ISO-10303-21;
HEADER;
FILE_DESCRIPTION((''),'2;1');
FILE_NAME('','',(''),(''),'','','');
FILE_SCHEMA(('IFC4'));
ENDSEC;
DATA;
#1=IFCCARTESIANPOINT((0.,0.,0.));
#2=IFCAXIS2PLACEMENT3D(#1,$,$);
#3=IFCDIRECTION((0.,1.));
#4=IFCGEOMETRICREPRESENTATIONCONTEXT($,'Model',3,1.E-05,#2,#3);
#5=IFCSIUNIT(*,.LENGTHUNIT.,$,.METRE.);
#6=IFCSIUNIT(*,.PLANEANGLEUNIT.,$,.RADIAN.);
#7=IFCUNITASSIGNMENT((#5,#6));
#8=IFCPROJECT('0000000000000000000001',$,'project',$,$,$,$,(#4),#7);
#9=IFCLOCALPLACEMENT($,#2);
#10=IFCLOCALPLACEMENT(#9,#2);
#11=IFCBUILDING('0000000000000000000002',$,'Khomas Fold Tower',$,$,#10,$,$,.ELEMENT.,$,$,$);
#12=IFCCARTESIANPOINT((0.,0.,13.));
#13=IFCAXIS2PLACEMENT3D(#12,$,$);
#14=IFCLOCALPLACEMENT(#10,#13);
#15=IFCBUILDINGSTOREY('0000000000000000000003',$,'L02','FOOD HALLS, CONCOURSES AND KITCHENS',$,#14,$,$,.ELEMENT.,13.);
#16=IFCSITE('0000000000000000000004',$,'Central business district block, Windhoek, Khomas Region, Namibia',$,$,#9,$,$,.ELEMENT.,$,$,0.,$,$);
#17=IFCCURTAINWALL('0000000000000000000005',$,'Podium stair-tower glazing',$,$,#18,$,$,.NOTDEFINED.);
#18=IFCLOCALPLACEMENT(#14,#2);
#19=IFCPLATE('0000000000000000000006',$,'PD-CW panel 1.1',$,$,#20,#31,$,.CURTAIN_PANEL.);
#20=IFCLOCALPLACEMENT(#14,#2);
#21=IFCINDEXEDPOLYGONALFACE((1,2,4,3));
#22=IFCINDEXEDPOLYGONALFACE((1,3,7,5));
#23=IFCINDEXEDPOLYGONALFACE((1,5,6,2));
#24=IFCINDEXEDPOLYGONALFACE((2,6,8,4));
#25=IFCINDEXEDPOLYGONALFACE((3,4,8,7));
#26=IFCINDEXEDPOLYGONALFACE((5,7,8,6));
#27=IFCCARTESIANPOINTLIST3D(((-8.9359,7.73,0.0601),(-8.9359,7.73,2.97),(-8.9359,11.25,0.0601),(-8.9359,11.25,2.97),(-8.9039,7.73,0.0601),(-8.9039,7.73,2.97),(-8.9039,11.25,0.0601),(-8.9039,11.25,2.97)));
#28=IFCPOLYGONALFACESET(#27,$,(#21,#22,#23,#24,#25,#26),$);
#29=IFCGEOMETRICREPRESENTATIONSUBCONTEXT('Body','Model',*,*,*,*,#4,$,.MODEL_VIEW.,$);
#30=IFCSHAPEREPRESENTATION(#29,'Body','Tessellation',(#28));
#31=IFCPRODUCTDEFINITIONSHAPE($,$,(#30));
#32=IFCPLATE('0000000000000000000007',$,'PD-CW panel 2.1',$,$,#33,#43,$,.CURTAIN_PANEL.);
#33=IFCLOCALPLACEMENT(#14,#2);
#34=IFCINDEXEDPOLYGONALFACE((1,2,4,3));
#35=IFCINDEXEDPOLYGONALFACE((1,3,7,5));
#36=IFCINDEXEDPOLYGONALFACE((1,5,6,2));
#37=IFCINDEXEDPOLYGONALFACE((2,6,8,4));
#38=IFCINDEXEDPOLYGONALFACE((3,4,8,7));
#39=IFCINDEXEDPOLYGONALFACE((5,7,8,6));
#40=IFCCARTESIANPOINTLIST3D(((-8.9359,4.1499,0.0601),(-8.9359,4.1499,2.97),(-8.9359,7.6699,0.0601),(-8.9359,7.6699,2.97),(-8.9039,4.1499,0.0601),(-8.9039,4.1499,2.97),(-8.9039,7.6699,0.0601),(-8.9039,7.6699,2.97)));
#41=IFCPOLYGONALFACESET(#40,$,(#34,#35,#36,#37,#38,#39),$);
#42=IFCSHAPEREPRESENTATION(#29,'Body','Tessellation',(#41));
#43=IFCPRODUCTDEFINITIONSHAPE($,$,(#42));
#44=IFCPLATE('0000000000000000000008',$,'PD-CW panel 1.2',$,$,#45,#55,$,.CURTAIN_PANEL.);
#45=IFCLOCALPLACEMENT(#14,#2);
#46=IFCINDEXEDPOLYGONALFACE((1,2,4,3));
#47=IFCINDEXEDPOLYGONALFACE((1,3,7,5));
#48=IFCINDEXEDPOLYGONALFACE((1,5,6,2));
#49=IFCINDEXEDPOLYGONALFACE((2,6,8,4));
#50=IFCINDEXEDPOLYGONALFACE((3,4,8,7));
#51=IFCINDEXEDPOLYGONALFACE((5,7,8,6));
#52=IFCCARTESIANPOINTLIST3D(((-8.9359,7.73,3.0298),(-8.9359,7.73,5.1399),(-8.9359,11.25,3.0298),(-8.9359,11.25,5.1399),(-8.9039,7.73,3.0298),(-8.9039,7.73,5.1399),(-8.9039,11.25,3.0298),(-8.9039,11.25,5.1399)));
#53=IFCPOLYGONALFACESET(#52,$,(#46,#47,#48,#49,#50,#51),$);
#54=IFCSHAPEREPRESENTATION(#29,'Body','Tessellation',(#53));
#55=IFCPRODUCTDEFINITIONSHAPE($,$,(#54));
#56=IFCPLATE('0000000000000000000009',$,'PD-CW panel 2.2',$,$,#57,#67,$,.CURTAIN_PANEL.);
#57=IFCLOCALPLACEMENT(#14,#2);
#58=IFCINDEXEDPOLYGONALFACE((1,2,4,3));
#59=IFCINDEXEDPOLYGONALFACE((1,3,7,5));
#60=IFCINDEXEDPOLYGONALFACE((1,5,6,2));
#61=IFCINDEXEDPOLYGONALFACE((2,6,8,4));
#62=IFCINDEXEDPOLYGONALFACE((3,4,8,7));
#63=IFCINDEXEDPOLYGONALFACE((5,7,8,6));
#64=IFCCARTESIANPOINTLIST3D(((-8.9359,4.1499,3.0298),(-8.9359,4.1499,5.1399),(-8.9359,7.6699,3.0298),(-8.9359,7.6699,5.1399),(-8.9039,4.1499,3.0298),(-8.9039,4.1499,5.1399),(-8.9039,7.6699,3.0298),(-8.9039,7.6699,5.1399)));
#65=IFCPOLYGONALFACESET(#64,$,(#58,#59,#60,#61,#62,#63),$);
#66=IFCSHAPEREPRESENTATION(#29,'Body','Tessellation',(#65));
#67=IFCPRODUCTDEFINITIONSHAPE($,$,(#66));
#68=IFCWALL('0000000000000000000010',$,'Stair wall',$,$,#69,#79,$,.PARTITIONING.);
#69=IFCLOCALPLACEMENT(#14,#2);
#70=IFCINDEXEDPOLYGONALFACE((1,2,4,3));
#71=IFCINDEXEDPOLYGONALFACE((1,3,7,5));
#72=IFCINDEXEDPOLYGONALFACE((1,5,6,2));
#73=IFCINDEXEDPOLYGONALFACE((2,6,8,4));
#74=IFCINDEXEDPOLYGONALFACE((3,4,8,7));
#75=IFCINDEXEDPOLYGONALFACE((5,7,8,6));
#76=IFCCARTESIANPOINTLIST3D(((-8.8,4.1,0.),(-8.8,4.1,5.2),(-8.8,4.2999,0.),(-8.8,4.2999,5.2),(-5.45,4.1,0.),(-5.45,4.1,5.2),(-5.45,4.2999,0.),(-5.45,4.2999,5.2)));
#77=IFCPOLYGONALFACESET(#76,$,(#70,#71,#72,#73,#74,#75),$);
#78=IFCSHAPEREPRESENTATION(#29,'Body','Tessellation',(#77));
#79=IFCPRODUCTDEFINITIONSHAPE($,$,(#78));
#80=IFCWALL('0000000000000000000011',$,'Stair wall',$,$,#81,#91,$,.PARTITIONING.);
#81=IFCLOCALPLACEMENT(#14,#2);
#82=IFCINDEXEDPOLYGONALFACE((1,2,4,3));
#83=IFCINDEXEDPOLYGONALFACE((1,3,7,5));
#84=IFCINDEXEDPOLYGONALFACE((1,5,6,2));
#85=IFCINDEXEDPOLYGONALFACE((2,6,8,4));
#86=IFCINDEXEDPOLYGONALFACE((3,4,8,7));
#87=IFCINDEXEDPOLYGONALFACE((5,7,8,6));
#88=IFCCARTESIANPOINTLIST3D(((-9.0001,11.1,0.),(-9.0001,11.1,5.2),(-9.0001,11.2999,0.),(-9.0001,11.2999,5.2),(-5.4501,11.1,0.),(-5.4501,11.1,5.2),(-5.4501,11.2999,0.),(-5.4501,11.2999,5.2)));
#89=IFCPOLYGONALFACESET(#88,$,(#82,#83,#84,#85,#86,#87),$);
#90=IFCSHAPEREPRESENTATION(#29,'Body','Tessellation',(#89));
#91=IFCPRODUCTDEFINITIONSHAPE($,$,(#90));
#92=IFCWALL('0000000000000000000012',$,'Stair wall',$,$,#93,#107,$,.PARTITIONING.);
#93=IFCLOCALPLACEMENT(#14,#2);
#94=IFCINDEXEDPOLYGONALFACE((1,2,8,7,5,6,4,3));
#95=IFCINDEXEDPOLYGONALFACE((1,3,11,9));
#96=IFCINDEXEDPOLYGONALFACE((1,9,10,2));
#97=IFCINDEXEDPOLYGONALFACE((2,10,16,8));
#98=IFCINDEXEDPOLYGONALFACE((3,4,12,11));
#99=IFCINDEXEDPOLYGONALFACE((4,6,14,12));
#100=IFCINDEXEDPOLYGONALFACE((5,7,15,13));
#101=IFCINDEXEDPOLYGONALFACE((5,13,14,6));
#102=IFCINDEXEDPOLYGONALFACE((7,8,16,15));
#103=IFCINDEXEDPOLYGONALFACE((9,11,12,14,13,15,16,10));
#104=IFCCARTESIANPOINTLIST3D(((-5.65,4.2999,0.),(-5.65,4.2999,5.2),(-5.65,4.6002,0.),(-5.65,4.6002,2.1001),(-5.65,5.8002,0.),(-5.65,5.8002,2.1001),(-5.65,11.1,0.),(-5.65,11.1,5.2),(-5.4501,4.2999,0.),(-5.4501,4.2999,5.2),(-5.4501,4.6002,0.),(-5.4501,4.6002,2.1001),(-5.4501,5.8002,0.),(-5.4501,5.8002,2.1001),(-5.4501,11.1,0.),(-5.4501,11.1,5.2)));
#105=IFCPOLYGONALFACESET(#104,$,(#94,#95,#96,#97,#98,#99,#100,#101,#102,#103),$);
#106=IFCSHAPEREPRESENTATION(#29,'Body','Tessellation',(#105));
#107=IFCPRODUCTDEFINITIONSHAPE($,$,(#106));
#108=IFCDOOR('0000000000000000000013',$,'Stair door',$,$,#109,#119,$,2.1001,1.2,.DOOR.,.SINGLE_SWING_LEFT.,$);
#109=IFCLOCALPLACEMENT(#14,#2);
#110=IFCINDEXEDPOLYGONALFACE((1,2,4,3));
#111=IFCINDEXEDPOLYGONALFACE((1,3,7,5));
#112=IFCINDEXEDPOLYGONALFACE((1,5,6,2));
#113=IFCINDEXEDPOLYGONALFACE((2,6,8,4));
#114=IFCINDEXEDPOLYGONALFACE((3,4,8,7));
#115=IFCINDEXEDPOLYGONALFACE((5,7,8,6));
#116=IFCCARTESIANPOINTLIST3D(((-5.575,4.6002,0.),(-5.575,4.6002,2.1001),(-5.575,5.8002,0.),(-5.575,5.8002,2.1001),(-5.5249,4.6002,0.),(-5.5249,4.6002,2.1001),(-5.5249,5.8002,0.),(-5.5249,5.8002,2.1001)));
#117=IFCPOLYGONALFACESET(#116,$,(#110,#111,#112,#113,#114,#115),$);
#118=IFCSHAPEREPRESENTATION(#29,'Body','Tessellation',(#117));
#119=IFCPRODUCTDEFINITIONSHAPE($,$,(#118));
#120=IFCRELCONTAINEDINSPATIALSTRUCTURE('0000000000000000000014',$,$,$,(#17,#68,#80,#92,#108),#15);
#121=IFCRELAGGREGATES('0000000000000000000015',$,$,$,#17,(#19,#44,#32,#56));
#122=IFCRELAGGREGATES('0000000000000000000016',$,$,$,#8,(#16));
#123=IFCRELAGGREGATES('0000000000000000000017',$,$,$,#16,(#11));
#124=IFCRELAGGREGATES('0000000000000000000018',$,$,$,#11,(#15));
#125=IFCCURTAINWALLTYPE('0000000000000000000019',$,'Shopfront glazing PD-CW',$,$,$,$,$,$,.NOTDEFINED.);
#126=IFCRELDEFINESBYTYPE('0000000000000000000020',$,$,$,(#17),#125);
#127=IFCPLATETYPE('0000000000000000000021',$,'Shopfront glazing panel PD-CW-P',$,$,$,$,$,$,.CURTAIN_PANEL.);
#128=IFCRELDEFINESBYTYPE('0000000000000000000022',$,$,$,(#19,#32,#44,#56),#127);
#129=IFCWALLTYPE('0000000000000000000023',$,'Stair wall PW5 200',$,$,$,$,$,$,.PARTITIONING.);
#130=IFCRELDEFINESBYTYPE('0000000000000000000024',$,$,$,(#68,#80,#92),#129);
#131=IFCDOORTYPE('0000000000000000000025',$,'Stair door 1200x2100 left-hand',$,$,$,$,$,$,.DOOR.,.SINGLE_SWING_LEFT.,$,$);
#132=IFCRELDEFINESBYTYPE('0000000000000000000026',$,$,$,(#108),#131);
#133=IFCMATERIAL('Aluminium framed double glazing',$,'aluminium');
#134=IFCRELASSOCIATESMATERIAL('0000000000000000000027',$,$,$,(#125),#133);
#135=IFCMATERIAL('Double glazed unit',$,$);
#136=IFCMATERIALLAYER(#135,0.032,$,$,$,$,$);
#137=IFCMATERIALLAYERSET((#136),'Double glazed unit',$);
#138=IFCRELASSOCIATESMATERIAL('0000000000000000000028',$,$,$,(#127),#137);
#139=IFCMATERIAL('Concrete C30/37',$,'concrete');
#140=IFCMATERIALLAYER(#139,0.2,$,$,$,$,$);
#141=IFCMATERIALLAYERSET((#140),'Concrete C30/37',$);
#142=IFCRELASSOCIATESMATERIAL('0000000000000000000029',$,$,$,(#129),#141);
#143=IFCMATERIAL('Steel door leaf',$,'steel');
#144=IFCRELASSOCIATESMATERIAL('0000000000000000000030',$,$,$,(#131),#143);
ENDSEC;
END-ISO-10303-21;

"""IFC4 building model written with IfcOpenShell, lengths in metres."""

from ifc_helpers import new_model, si_unit, direction, frame, frame_2d, origin, origin_2d, place, context, subcontext, project, spatial, rectangle, extrude, source, transform, mapped, material, layer, layer_set, type_object, element, fill, aggregate, save


model = new_model("IFC4")

# Units and contexts
model_context = context("Model", 3, precision=1e-05, world=origin(), true_north=direction((0.0, 1.0)))
body_context = subcontext(model_context, "Body", "Model", "MODEL_VIEW")
ifc_project = project(units=[si_unit("LENGTHUNIT", "METRE"), si_unit("PLANEANGLEUNIT", "RADIAN")], contexts=[model_context])

# Site, building, storey
site_placement = place(None, origin())
site = spatial("IfcSite", under=ifc_project, at=site_placement, Name="Central business district block, Windhoek, Khomas Region, Namibia", CompositionType="ELEMENT", RefElevation=0.0)
building_placement = place(site_placement, origin())
building = spatial("IfcBuilding", under=site, at=building_placement, Name="Khomas Fold Tower", CompositionType="ELEMENT")
storey_placement = place(building_placement, frame((0.0, 0.0, 13.0)))
storey = spatial("IfcBuildingStorey", under=building, at=storey_placement, Name="L02", Description="FOOD HALLS, CONCOURSES AND KITCHENS", CompositionType="ELEMENT", Elevation=13.0)

# Curtain wall
ifc_material_1 = material(Name="Aluminium framed double glazing", Category="aluminium")
curtain_wall_type = type_object("IfcCurtainWallType", Name="Shopfront glazing PD-CW", PredefinedType="NOTDEFINED", material=ifc_material_1)
curtain_wall_1_placement = place(storey_placement, origin())
curtain_wall_1 = element("IfcCurtainWall", 1, at=curtain_wall_1_placement, inside=storey, type_object=curtain_wall_type, Name="Podium stair-tower glazing", PredefinedType="NOTDEFINED")

# Plates
ifc_material_2 = material(Name="Double glazed unit")
ifc_layer_1 = layer(ifc_material_2, 0.032)
ifc_layer_set_1 = layer_set([ifc_layer_1], Name="Double glazed unit")
plate_type = type_object("IfcPlateType", Name="Shopfront glazing panel PD-CW-P", PredefinedType="CURTAIN_PANEL", material=ifc_layer_set_1)
shared_shape_1 = source(origin(), body_context, "Body", "SweptSolid", [
    extrude(rectangle(XDim=3.52, YDim=0.032, at=origin_2d()), origin(), (0.0, 0.0, 1.0), 2.9099),
])
plate_1_placement = place(storey_placement, frame((-8.9199, 9.49, 0.0601), z_axis=(0.0, 0.0, 1.0), x_axis=(0.0, -1.0, 0.0)))
plate_1 = element("IfcPlate", 2, at=plate_1_placement, type_object=plate_type, Name="PD-CW panel 1.1", PredefinedType="CURTAIN_PANEL", context=body_context, shape_type="MappedRepresentation", body=[
    mapped(shared_shape_1, transform((0.0, 0.0, 0.0))),
])
plate_2_placement = place(storey_placement, frame((-8.9199, 5.9099, 0.0601), z_axis=(0.0, 0.0, 1.0), x_axis=(0.0, -1.0, 0.0)))
plate_2 = element("IfcPlate", 3, at=plate_2_placement, type_object=plate_type, Name="PD-CW panel 2.1", PredefinedType="CURTAIN_PANEL", context=body_context, shape_type="MappedRepresentation", body=[
    mapped(shared_shape_1, transform((0.0, 0.0, 0.0))),
])
shared_shape_2 = source(origin(), body_context, "Body", "SweptSolid", [
    extrude(rectangle(XDim=3.52, YDim=0.032, at=origin_2d()), origin(), (0.0, 0.0, 1.0), 2.1101),
])
plate_3_placement = place(storey_placement, frame((-8.9199, 9.49, 3.0298), z_axis=(0.0, 0.0, 1.0), x_axis=(0.0, -1.0, 0.0)))
plate_3 = element("IfcPlate", 4, at=plate_3_placement, type_object=plate_type, Name="PD-CW panel 1.2", PredefinedType="CURTAIN_PANEL", context=body_context, shape_type="MappedRepresentation", body=[
    mapped(shared_shape_2, transform((0.0, 0.0, 0.0))),
])
plate_4_placement = place(storey_placement, frame((-8.9199, 5.9099, 3.0298), z_axis=(0.0, 0.0, 1.0), x_axis=(0.0, -1.0, 0.0)))
plate_4 = element("IfcPlate", 5, at=plate_4_placement, type_object=plate_type, Name="PD-CW panel 2.2", PredefinedType="CURTAIN_PANEL", context=body_context, shape_type="MappedRepresentation", body=[
    mapped(shared_shape_2, transform((0.0, 0.0, 0.0))),
])
aggregate(curtain_wall_1, [plate_1, plate_3, plate_2, plate_4])

# Walls
ifc_material_3 = material(Name="Concrete C30/37", Category="concrete")
ifc_layer_2 = layer(ifc_material_3, 0.2)
ifc_layer_set_2 = layer_set([ifc_layer_2], Name="Concrete C30/37")
wall_type = type_object("IfcWallType", Name="Stair wall PW5 200", PredefinedType="PARTITIONING", material=ifc_layer_set_2)
shared_shape_3 = source(origin(), body_context, "Body", "SweptSolid", [
    extrude(rectangle(XDim=3.3501, YDim=0.2, at=frame_2d((1.675, 0.0))), origin(), (0.0, 0.0, 1.0), 5.2),
])
wall_1_placement = place(storey_placement, frame((-8.8, 4.2, 0.0), z_axis=(0.0, 0.0, 1.0), x_axis=(1.0, 0.0, 0.0)))
element("IfcWall", 6, at=wall_1_placement, inside=storey, type_object=wall_type, Name="Stair wall", PredefinedType="PARTITIONING", context=body_context, shape_type="MappedRepresentation", body=[
    mapped(shared_shape_3, transform((0.0, 0.0, 0.0))),
])
shared_shape_4 = source(origin(), body_context, "Body", "SweptSolid", [
    extrude(rectangle(XDim=3.55, YDim=0.2, at=frame_2d((1.7749, 0.0))), origin(), (0.0, 0.0, 1.0), 5.2),
])
wall_2_placement = place(storey_placement, frame((-9.0, 11.2, 0.0), z_axis=(0.0, 0.0, 1.0), x_axis=(1.0, 0.0, 0.0)))
element("IfcWall", 7, at=wall_2_placement, inside=storey, type_object=wall_type, Name="Stair wall", PredefinedType="PARTITIONING", context=body_context, shape_type="MappedRepresentation", body=[
    mapped(shared_shape_4, transform((0.0, 0.0, 0.0))),
])

# Wall, opening, door
shared_shape_5 = source(origin(), body_context, "Body", "SweptSolid", [
    extrude(rectangle(XDim=6.8, YDim=0.2, at=frame_2d((3.3999, 0.0))), origin(), (0.0, 0.0, 1.0), 5.2),
])
wall_3_placement = place(storey_placement, frame((-5.55, 4.3, 0.0), z_axis=(0.0, 0.0, 1.0), x_axis=(0.0, 1.0, 0.0)))
wall_3 = element("IfcWall", 8, at=wall_3_placement, inside=storey, type_object=wall_type, Name="Stair wall", PredefinedType="PARTITIONING", context=body_context, shape_type="MappedRepresentation", body=[
    mapped(shared_shape_5, transform((0.0, 0.0, 0.0))),
])
shared_shape_6 = source(origin(), body_context, "Body", "SweptSolid", [
    extrude(rectangle(XDim=1.2, YDim=2.1001, at=frame_2d((0.6001, 1.05))), frame((0.0, 0.1099, 0.0), z_axis=(0.0, -1.0, 0.0), x_axis=(1.0, 0.0, 0.0)), (0.0, 0.0, 1.0), 0.22),
])
opening_placement = place(wall_3_placement, frame((0.3, 0.0, 0.0)))
opening = element("IfcOpeningElement", 9, at=opening_placement, cuts=wall_3, PredefinedType="OPENING", context=body_context, shape_type="MappedRepresentation", body=[
    mapped(shared_shape_6, transform((0.0, 0.0, 0.0))),
])
ifc_material_4 = material(Name="Steel door leaf", Category="steel")
door_type = type_object("IfcDoorType", Name="Stair door 1200x2100 left-hand", OperationType="SINGLE_SWING_LEFT", PredefinedType="DOOR", material=ifc_material_4)
shared_shape_7 = source(origin(), body_context, "Body", "SweptSolid", [
    extrude(rectangle(XDim=1.2, YDim=2.1001, at=frame_2d((0.6001, 1.05))), frame((0.0, 0.0249, 0.0), z_axis=(0.0, -1.0, 0.0), x_axis=(1.0, 0.0, 0.0)), (0.0, 0.0, 1.0), 0.05),
])
door_placement = place(opening_placement, origin())
door = element("IfcDoor", 10, at=door_placement, inside=storey, type_object=door_type, Name="Stair door", OperationType="SINGLE_SWING_LEFT", OverallHeight=2.1001, OverallWidth=1.2, PredefinedType="DOOR", context=body_context, shape_type="MappedRepresentation", body=[
    mapped(shared_shape_7, transform((0.0, 0.0, 0.0))),
])
fill(opening, door)

save(model, "model.ifc")
